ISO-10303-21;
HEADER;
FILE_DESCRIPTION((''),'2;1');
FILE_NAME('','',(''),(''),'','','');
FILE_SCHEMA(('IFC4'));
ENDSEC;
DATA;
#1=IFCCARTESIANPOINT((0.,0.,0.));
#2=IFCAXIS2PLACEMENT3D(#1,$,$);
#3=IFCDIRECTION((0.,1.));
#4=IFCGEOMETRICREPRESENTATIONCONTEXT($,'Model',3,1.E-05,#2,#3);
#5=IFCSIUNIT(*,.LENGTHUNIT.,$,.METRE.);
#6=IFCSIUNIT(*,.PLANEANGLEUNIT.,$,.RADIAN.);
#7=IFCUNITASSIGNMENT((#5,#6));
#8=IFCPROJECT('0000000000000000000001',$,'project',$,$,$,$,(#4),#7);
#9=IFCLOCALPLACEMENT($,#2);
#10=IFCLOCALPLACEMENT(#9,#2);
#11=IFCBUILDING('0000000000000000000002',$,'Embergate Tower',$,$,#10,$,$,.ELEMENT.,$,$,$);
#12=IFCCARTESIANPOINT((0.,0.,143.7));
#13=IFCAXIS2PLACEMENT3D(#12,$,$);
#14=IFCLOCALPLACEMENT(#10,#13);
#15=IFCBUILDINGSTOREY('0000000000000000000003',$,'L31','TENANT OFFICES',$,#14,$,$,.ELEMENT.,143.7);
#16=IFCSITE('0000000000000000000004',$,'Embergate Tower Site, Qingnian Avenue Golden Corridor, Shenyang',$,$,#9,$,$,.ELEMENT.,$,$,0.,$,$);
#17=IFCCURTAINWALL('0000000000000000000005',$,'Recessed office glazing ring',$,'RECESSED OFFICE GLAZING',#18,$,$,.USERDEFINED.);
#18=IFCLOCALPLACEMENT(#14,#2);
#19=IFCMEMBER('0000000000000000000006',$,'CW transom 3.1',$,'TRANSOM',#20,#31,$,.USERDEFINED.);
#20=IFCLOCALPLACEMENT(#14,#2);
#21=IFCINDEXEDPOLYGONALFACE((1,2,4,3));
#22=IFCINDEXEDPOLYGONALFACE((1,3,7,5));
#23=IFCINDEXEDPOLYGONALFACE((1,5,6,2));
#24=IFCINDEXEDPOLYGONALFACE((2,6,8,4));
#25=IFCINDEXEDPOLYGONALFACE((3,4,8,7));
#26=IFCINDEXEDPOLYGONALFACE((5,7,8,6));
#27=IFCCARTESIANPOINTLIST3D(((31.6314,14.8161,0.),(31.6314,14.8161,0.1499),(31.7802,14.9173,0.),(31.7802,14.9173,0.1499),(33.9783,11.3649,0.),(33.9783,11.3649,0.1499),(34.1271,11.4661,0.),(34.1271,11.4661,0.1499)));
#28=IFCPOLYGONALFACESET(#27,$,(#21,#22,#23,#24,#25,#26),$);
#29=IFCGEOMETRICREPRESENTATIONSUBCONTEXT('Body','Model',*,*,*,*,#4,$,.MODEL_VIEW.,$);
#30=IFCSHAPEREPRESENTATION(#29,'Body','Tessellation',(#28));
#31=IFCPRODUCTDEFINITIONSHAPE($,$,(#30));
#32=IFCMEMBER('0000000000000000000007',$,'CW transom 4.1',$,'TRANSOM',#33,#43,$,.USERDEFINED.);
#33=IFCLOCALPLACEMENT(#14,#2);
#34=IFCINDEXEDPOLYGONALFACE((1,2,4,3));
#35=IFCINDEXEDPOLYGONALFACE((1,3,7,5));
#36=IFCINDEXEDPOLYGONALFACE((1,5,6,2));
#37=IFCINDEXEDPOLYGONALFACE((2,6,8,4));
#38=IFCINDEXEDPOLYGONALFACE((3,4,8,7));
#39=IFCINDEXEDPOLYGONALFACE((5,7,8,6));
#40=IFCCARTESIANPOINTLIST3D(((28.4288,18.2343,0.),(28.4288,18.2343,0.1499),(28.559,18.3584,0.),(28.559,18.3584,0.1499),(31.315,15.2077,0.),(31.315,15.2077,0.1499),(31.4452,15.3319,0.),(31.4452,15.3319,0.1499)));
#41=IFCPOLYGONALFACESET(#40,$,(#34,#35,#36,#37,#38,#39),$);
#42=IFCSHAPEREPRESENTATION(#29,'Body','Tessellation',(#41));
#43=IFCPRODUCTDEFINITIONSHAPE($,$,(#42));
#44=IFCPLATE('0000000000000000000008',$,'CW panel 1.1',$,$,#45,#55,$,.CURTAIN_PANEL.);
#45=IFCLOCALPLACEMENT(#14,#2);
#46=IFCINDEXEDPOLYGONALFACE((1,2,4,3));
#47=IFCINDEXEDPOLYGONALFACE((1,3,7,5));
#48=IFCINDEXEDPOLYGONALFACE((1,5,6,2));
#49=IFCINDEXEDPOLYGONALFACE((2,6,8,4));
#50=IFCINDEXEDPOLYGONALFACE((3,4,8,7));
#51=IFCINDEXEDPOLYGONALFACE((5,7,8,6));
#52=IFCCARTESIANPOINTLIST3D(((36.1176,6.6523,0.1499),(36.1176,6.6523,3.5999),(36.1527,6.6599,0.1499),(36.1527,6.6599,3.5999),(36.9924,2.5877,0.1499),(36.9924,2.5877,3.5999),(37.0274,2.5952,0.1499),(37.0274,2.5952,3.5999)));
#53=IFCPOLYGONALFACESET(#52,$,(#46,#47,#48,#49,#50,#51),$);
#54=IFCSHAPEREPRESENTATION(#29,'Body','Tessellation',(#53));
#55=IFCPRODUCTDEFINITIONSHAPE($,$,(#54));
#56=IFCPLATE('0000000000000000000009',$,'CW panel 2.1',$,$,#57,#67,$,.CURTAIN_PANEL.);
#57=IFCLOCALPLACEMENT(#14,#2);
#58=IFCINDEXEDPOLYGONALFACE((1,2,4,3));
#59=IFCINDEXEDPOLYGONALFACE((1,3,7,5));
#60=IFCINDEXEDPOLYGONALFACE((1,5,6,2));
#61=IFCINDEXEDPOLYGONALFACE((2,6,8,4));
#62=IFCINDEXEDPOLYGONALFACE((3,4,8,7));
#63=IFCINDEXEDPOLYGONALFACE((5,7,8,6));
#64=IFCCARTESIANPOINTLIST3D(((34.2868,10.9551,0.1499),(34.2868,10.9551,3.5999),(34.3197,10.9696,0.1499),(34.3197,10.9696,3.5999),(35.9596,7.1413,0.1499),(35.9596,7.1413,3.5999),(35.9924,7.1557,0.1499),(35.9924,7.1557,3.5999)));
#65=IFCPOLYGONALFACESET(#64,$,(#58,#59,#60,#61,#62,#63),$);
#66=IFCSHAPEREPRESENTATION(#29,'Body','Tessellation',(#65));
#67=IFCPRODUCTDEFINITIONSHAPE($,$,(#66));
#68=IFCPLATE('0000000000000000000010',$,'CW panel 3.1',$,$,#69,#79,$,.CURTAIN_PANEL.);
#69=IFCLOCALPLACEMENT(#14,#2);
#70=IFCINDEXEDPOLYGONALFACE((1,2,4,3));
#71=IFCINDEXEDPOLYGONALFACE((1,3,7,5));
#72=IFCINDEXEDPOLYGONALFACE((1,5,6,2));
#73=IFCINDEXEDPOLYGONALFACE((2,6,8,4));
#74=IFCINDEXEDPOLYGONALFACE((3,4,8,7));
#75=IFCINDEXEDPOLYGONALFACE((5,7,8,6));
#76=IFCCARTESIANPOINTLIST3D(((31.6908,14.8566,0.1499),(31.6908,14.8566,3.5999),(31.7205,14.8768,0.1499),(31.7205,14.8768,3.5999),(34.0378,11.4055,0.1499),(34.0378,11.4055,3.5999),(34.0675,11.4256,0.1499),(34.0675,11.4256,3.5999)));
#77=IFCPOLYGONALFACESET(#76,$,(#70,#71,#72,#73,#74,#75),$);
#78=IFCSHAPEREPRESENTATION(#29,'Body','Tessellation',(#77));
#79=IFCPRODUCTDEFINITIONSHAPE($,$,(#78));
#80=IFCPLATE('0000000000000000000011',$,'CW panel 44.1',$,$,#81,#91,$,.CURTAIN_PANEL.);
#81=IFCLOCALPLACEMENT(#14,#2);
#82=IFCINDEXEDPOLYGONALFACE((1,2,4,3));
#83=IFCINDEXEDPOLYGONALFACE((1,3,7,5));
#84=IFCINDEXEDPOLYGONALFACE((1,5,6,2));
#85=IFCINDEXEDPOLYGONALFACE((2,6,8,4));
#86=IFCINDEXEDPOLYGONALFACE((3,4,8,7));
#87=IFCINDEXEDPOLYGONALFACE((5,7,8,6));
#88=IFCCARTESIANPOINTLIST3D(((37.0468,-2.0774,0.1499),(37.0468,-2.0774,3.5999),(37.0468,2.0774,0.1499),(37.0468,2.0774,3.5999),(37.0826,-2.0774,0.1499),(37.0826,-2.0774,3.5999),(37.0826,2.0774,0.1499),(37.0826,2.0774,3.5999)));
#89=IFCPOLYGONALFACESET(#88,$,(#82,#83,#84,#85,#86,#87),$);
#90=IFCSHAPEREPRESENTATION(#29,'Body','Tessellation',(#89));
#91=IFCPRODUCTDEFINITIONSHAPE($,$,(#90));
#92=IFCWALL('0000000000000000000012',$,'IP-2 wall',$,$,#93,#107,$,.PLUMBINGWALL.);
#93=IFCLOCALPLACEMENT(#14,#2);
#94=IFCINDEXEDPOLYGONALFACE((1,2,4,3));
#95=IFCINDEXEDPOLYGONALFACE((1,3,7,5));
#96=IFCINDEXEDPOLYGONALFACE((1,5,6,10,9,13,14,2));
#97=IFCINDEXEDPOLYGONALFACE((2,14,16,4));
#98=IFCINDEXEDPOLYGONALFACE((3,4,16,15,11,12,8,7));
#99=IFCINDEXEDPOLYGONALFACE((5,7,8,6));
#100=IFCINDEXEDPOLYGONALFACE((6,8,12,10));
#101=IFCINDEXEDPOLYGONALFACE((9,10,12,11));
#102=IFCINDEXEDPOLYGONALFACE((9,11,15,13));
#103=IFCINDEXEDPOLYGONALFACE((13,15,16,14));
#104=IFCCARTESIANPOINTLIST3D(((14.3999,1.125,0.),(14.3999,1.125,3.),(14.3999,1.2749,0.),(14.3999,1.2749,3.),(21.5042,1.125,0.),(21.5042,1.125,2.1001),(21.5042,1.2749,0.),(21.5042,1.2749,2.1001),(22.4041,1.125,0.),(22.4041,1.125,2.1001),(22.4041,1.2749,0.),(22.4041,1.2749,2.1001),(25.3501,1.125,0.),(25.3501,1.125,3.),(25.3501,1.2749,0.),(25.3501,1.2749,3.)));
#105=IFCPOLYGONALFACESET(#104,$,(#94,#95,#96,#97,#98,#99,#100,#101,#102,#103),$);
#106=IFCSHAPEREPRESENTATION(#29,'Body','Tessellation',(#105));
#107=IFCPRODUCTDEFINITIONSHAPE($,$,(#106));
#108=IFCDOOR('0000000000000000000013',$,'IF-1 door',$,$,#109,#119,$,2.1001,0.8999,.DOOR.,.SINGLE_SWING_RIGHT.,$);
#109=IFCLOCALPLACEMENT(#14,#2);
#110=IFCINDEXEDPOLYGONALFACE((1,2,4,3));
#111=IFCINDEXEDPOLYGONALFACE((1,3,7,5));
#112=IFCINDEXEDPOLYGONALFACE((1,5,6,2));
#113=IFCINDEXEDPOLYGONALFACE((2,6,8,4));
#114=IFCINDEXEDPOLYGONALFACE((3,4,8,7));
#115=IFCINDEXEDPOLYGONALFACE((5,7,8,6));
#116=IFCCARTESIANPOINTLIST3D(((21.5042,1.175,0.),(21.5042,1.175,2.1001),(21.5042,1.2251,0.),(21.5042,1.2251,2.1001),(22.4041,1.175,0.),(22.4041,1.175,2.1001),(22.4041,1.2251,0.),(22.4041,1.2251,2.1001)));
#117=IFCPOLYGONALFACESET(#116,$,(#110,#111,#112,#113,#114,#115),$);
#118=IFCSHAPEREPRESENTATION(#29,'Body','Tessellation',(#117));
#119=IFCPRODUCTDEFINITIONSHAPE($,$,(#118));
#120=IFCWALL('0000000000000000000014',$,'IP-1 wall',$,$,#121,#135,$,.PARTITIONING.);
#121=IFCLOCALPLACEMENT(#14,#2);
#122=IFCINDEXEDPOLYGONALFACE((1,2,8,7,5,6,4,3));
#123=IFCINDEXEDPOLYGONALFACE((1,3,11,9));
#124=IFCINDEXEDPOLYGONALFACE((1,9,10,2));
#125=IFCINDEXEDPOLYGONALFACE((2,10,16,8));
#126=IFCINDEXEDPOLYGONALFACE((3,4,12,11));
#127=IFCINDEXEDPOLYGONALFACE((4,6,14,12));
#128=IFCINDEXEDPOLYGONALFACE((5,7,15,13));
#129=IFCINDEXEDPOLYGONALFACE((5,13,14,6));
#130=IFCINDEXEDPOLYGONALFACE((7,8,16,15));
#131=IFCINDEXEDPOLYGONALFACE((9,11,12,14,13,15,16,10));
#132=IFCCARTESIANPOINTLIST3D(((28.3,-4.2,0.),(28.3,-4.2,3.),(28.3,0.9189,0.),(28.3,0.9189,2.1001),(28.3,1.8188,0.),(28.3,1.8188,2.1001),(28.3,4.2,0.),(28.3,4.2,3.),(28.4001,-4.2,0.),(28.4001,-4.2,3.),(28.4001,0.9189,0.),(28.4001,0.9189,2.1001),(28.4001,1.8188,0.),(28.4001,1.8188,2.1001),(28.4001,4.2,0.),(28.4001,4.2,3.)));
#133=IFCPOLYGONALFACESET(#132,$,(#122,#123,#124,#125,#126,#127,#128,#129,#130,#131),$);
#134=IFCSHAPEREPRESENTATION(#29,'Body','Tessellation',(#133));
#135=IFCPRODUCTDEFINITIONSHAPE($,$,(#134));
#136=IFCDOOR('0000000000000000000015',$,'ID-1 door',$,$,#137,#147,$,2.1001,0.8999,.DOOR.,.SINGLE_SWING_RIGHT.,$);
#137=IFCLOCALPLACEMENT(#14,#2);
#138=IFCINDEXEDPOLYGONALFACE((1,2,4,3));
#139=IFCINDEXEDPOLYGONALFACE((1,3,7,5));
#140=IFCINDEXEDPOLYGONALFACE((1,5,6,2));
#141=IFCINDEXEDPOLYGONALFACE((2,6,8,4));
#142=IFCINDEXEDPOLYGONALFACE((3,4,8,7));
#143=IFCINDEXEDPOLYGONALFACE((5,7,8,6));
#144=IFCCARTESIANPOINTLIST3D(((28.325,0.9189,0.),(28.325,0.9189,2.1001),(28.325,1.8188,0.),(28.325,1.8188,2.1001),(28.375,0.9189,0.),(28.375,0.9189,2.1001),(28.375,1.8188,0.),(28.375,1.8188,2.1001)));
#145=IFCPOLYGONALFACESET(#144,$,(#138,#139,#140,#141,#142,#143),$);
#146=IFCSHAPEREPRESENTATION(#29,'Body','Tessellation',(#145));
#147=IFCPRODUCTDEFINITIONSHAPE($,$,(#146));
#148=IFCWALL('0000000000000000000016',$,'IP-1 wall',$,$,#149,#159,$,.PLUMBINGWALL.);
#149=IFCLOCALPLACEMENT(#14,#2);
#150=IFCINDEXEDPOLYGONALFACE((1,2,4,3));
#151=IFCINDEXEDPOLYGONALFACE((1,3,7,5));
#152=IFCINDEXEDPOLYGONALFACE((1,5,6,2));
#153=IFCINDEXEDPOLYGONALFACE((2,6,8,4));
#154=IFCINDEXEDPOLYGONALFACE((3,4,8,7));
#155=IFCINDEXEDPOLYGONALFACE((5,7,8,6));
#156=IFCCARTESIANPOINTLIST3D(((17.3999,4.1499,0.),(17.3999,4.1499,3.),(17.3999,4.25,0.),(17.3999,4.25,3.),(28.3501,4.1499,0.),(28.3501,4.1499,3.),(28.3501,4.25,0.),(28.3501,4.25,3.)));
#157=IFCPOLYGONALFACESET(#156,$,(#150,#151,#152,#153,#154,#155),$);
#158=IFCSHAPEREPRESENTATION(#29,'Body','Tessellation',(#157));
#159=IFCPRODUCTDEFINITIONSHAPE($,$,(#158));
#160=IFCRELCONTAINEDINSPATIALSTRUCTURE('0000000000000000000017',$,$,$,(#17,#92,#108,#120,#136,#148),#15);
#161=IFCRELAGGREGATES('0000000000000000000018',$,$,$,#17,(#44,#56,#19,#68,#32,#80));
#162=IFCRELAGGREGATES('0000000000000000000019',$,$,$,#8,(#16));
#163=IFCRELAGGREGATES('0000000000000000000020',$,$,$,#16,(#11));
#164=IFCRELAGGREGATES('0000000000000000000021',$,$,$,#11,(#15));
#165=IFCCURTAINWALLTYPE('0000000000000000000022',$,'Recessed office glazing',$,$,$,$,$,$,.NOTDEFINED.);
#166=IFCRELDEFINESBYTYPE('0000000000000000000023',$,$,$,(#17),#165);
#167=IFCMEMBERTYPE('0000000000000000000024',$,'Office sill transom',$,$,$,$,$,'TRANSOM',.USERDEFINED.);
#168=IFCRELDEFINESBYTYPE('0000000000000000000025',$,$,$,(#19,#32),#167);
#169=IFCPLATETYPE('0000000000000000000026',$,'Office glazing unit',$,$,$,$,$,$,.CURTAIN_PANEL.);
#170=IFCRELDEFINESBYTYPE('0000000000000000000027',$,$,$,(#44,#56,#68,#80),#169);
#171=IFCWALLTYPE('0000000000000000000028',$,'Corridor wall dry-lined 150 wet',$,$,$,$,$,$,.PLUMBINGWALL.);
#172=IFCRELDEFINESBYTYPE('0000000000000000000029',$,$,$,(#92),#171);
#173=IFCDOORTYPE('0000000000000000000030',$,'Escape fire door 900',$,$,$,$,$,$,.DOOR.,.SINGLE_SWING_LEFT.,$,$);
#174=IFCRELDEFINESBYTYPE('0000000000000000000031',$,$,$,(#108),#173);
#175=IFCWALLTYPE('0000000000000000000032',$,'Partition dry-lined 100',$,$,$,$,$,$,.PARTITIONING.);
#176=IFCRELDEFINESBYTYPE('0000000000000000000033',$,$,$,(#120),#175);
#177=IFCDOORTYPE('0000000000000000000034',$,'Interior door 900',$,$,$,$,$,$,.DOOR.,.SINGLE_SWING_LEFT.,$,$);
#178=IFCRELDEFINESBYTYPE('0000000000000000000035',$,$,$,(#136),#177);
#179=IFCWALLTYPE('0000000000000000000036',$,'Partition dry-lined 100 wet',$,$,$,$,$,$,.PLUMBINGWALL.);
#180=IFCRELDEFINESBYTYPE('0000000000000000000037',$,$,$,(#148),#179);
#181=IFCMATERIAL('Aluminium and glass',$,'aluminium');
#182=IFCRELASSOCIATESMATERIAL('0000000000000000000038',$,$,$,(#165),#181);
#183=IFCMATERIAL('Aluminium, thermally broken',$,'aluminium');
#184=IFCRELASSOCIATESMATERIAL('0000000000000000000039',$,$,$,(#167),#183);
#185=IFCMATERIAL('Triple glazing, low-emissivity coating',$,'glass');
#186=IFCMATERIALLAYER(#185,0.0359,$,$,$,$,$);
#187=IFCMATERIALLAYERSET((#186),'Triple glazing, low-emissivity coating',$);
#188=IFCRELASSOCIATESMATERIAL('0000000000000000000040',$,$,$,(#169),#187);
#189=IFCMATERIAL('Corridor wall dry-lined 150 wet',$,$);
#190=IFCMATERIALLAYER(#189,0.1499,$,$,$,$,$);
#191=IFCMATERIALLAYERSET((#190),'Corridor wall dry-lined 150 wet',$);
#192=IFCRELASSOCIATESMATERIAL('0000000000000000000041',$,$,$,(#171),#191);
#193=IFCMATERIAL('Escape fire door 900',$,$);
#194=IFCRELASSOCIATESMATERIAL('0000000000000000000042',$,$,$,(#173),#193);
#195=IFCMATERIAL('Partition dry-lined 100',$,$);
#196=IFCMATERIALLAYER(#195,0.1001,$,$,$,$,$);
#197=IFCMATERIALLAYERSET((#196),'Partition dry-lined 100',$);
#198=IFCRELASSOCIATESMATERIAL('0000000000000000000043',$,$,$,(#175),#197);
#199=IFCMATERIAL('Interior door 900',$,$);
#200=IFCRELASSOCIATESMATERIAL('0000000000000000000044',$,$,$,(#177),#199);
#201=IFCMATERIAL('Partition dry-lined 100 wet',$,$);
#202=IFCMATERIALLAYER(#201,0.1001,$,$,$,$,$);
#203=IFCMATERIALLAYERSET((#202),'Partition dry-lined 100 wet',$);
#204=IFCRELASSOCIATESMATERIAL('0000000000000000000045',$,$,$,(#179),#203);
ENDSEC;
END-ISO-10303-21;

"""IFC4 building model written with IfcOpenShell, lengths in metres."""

from ifc_helpers import new_model, si_unit, direction, frame, frame_2d, origin, origin_2d, place, context, subcontext, project, spatial, rectangle, extrude, source, transform, mapped, material, layer, layer_set, material_profile, profile_set, type_object, element, fill, aggregate, save


model = new_model("IFC4")

# Units and contexts
model_context = context("Model", 3, precision=1e-05, world=origin(), true_north=direction((0.0, 1.0)))
body_context = subcontext(model_context, "Body", "Model", "MODEL_VIEW")
ifc_project = project(units=[si_unit("LENGTHUNIT", "METRE"), si_unit("PLANEANGLEUNIT", "RADIAN")], contexts=[model_context])

# Site, building, storey
site_placement = place(None, origin())
site = spatial("IfcSite", under=ifc_project, at=site_placement, Name="Embergate Tower Site, Qingnian Avenue Golden Corridor, Shenyang", CompositionType="ELEMENT", RefElevation=0.0)
building_placement = place(site_placement, origin())
building = spatial("IfcBuilding", under=site, at=building_placement, Name="Embergate Tower", CompositionType="ELEMENT")
storey_placement = place(building_placement, frame((0.0, 0.0, 143.7)))
storey = spatial("IfcBuildingStorey", under=building, at=storey_placement, Name="L31", Description="TENANT OFFICES", CompositionType="ELEMENT", Elevation=143.7)

# Curtain wall, members, plates
ifc_material_1 = material(Name="Aluminium and glass", Category="aluminium")
curtain_wall_type = type_object("IfcCurtainWallType", Name="Recessed office glazing", PredefinedType="NOTDEFINED", material=ifc_material_1)
curtain_wall_placement = place(storey_placement, origin())
curtain_wall = element("IfcCurtainWall", 1, at=curtain_wall_placement, inside=storey, type_object=curtain_wall_type, Name="Recessed office glazing ring", ObjectType="RECESSED OFFICE GLAZING", PredefinedType="USERDEFINED")
ifc_material_2 = material(Name="Aluminium, thermally broken", Category="aluminium")
ifc_material_profile_1 = material_profile(ifc_material_2, rectangle(XDim=0.1799, YDim=0.1499, at=origin_2d()), Name="AL 150x180")
ifc_profile_set_1 = profile_set([ifc_material_profile_1], Name="Aluminium, thermally broken")
member_type_1 = type_object("IfcMemberType", Name="Office sill transom", ElementType="TRANSOM", PredefinedType="USERDEFINED", material=ifc_profile_set_1)
shared_shape_1 = source(origin(), body_context, "Body", "SweptSolid", [
    extrude(rectangle(XDim=0.1799, YDim=0.1499, at=origin_2d()), origin(), (0.0, 0.0, 1.0), 4.1736),
])
member_1_placement = place(storey_placement, frame((34.0527, 11.4155, 0.075), z_axis=(-0.562331, 0.826912, 0.0), x_axis=(-0.826912, -0.562331, 0.0)))
member_1 = element("IfcMember", 2, at=member_1_placement, type_object=member_type_1, Name="CW transom 3.1", ObjectType="TRANSOM", PredefinedType="USERDEFINED", context=body_context, shape_type="MappedRepresentation", body=[
    mapped(shared_shape_1, transform((0.0, 0.0, 0.0))),
])
shared_shape_2 = source(origin(), body_context, "Body", "SweptSolid", [
    extrude(rectangle(XDim=0.1799, YDim=0.1499, at=origin_2d()), origin(), (0.0, 0.0, 1.0), 4.1821),
])
member_2_placement = place(storey_placement, frame((31.3801, 15.2698, 0.075), z_axis=(-0.690124, 0.723691, 0.0), x_axis=(-0.723691, -0.690124, 0.0)))
member_2 = element("IfcMember", 3, at=member_2_placement, type_object=member_type_1, Name="CW transom 4.1", ObjectType="TRANSOM", PredefinedType="USERDEFINED", context=body_context, shape_type="MappedRepresentation", body=[
    mapped(shared_shape_2, transform((0.0, 0.0, 0.0))),
])
ifc_material_3 = material(Name="Triple glazing, low-emissivity coating", Category="glass")
ifc_layer_1 = layer(ifc_material_3, 0.0359)
ifc_layer_set_1 = layer_set([ifc_layer_1], Name="Triple glazing, low-emissivity coating")
plate_type = type_object("IfcPlateType", Name="Office glazing unit", PredefinedType="CURTAIN_PANEL", material=ifc_layer_set_1)
shared_shape_3 = source(origin(), body_context, "Body", "SweptSolid", [
    extrude(rectangle(XDim=4.1577, YDim=0.0359, at=origin_2d()), origin(), (0.0, 0.0, 1.0), 3.45),
])
plate_1_placement = place(storey_placement, frame((36.5725, 4.6238, 0.1499), z_axis=(0.0, 0.0, 1.0), x_axis=(-0.210402, 0.977615, 0.0)))
plate_1 = element("IfcPlate", 4, at=plate_1_placement, type_object=plate_type, Name="CW panel 1.1", PredefinedType="CURTAIN_PANEL", context=body_context, shape_type="MappedRepresentation", body=[
    mapped(shared_shape_3, transform((0.0, 0.0, 0.0))),
])
shared_shape_4 = source(origin(), body_context, "Body", "SweptSolid", [
    extrude(rectangle(XDim=4.1646, YDim=0.0359, at=origin_2d()), origin(), (0.0, 0.0, 1.0), 3.45),
])
plate_2_placement = place(storey_placement, frame((35.1396, 9.0554, 0.1499), z_axis=(0.0, 0.0, 1.0), x_axis=(-0.40166, 0.915789, 0.0)))
plate_2 = element("IfcPlate", 5, at=plate_2_placement, type_object=plate_type, Name="CW panel 2.1", PredefinedType="CURTAIN_PANEL", context=body_context, shape_type="MappedRepresentation", body=[
    mapped(shared_shape_4, transform((0.0, 0.0, 0.0))),
])
shared_shape_5 = source(origin(), body_context, "Body", "SweptSolid", [
    extrude(rectangle(XDim=4.1736, YDim=0.0359, at=origin_2d()), origin(), (0.0, 0.0, 1.0), 3.45),
])
plate_3_placement = place(storey_placement, frame((32.8792, 13.1411, 0.1499), z_axis=(0.0, 0.0, 1.0), x_axis=(-0.56235, 0.826899, 0.0)))
plate_3 = element("IfcPlate", 6, at=plate_3_placement, type_object=plate_type, Name="CW panel 3.1", PredefinedType="CURTAIN_PANEL", context=body_context, shape_type="MappedRepresentation", body=[
    mapped(shared_shape_5, transform((0.0, 0.0, 0.0))),
])
shared_shape_6 = source(origin(), body_context, "Body", "SweptSolid", [
    extrude(rectangle(XDim=4.1548, YDim=0.0359, at=origin_2d()), origin(), (0.0, 0.0, 1.0), 3.45),
])
plate_4_placement = place(storey_placement, frame((37.0647, 0.0, 0.1499), z_axis=(0.0, 0.0, 1.0), x_axis=(0.0, 1.0, 0.0)))
plate_4 = element("IfcPlate", 7, at=plate_4_placement, type_object=plate_type, Name="CW panel 44.1", PredefinedType="CURTAIN_PANEL", context=body_context, shape_type="MappedRepresentation", body=[
    mapped(shared_shape_6, transform((0.0, 0.0, 0.0))),
])
aggregate(curtain_wall, [plate_1, plate_2, member_1, plate_3, member_2, plate_4])

# Walls, openings, doors
ifc_material_4 = material(Name="Corridor wall dry-lined 150 wet")
ifc_layer_2 = layer(ifc_material_4, 0.1499)
ifc_layer_set_2 = layer_set([ifc_layer_2], Name="Corridor wall dry-lined 150 wet")
wall_type_1 = type_object("IfcWallType", Name="Corridor wall dry-lined 150 wet", PredefinedType="PLUMBINGWALL", material=ifc_layer_set_2)
shared_shape_7 = source(origin(), body_context, "Body", "SweptSolid", [
    extrude(rectangle(XDim=10.9502, YDim=0.1499, at=frame_2d((5.4751, 0.0))), origin(), (0.0, 0.0, 1.0), 3.0),
])
wall_1_placement = place(storey_placement, frame((25.3501, 1.2, 0.0), z_axis=(0.0, 0.0, 1.0), x_axis=(-1.0, 0.0, 0.0)))
wall_1 = element("IfcWall", 8, at=wall_1_placement, inside=storey, type_object=wall_type_1, Name="IP-2 wall", PredefinedType="PLUMBINGWALL", context=body_context, shape_type="MappedRepresentation", body=[
    mapped(shared_shape_7, transform((0.0, 0.0, 0.0))),
])
shared_shape_8 = source(origin(), body_context, "Body", "SweptSolid", [
    extrude(rectangle(XDim=0.8999, YDim=2.1001, at=frame_2d((0.45, 1.05))), frame((0.0, 0.085, 0.0), z_axis=(0.0, -1.0, 0.0), x_axis=(1.0, 0.0, 0.0)), (0.0, 0.0, 1.0), 0.1699),
])
opening_1_placement = place(wall_1_placement, frame((2.946, 0.0, 0.0)))
opening_1 = element("IfcOpeningElement", 9, at=opening_1_placement, cuts=wall_1, PredefinedType="OPENING", context=body_context, shape_type="MappedRepresentation", body=[
    mapped(shared_shape_8, transform((0.0, 0.0, 0.0))),
])
ifc_material_5 = material(Name="Escape fire door 900")
door_type_1 = type_object("IfcDoorType", Name="Escape fire door 900", OperationType="SINGLE_SWING_LEFT", PredefinedType="DOOR", material=ifc_material_5)
shared_shape_9 = source(origin(), body_context, "Body", "SweptSolid", [
    extrude(rectangle(XDim=0.8999, YDim=2.1001, at=frame_2d((0.45, 1.05))), frame((0.0, 0.0249, 0.0), z_axis=(0.0, -1.0, 0.0), x_axis=(1.0, 0.0, 0.0)), (0.0, 0.0, 1.0), 0.05),
])
door_1_placement = place(opening_1_placement, origin())
door_1 = element("IfcDoor", 10, at=door_1_placement, inside=storey, type_object=door_type_1, Name="IF-1 door", OperationType="SINGLE_SWING_RIGHT", OverallHeight=2.1001, OverallWidth=0.8999, PredefinedType="DOOR", context=body_context, shape_type="MappedRepresentation", body=[
    mapped(shared_shape_9, transform((0.0, 0.0, 0.0))),
])
fill(opening_1, door_1)
ifc_material_6 = material(Name="Partition dry-lined 100")
ifc_layer_3 = layer(ifc_material_6, 0.1001)
ifc_layer_set_3 = layer_set([ifc_layer_3], Name="Partition dry-lined 100")
wall_type_2 = type_object("IfcWallType", Name="Partition dry-lined 100", PredefinedType="PARTITIONING", material=ifc_layer_set_3)
shared_shape_10 = source(origin(), body_context, "Body", "SweptSolid", [
    extrude(rectangle(XDim=8.3999, YDim=0.1001, at=frame_2d((4.2, 0.0))), origin(), (0.0, 0.0, 1.0), 3.0),
])
wall_2_placement = place(storey_placement, frame((28.3501, 4.2, 0.0), z_axis=(0.0, 0.0, 1.0), x_axis=(0.0, -1.0, 0.0)))
wall_2 = element("IfcWall", 11, at=wall_2_placement, inside=storey, type_object=wall_type_2, Name="IP-1 wall", PredefinedType="PARTITIONING", context=body_context, shape_type="MappedRepresentation", body=[
    mapped(shared_shape_10, transform((0.0, 0.0, 0.0))),
])
shared_shape_11 = source(origin(), body_context, "Body", "SweptSolid", [
    extrude(rectangle(XDim=0.8999, YDim=2.1001, at=frame_2d((0.45, 1.05))), frame((0.0, 0.0601, 0.0), z_axis=(0.0, -1.0, 0.0), x_axis=(1.0, 0.0, 0.0)), (0.0, 0.0, 1.0), 0.1201),
])
opening_2_placement = place(wall_2_placement, frame((2.3811, 0.0, 0.0)))
opening_2 = element("IfcOpeningElement", 12, at=opening_2_placement, cuts=wall_2, PredefinedType="OPENING", context=body_context, shape_type="MappedRepresentation", body=[
    mapped(shared_shape_11, transform((0.0, 0.0, 0.0))),
])
ifc_material_7 = material(Name="Interior door 900")
door_type_2 = type_object("IfcDoorType", Name="Interior door 900", OperationType="SINGLE_SWING_LEFT", PredefinedType="DOOR", material=ifc_material_7)
door_2_placement = place(opening_2_placement, origin())
door_2 = element("IfcDoor", 13, at=door_2_placement, inside=storey, type_object=door_type_2, Name="ID-1 door", OperationType="SINGLE_SWING_RIGHT", OverallHeight=2.1001, OverallWidth=0.8999, PredefinedType="DOOR", context=body_context, shape_type="MappedRepresentation", body=[
    mapped(shared_shape_9, transform((0.0, 0.0, 0.0))),
])
fill(opening_2, door_2)

# Wall
ifc_material_8 = material(Name="Partition dry-lined 100 wet")
ifc_layer_4 = layer(ifc_material_8, 0.1001)
ifc_layer_set_4 = layer_set([ifc_layer_4], Name="Partition dry-lined 100 wet")
wall_type_3 = type_object("IfcWallType", Name="Partition dry-lined 100 wet", PredefinedType="PLUMBINGWALL", material=ifc_layer_set_4)
shared_shape_12 = source(origin(), body_context, "Body", "SweptSolid", [
    extrude(rectangle(XDim=10.9502, YDim=0.1001, at=frame_2d((5.4751, 0.0))), origin(), (0.0, 0.0, 1.0), 3.0),
])
wall_3_placement = place(storey_placement, frame((17.3999, 4.2, 0.0), z_axis=(0.0, 0.0, 1.0), x_axis=(1.0, 0.0, 0.0)))
element("IfcWall", 14, at=wall_3_placement, inside=storey, type_object=wall_type_3, Name="IP-1 wall", PredefinedType="PLUMBINGWALL", context=body_context, shape_type="MappedRepresentation", body=[
    mapped(shared_shape_12, transform((0.0, 0.0, 0.0))),
])

save(model, "model.ifc")
